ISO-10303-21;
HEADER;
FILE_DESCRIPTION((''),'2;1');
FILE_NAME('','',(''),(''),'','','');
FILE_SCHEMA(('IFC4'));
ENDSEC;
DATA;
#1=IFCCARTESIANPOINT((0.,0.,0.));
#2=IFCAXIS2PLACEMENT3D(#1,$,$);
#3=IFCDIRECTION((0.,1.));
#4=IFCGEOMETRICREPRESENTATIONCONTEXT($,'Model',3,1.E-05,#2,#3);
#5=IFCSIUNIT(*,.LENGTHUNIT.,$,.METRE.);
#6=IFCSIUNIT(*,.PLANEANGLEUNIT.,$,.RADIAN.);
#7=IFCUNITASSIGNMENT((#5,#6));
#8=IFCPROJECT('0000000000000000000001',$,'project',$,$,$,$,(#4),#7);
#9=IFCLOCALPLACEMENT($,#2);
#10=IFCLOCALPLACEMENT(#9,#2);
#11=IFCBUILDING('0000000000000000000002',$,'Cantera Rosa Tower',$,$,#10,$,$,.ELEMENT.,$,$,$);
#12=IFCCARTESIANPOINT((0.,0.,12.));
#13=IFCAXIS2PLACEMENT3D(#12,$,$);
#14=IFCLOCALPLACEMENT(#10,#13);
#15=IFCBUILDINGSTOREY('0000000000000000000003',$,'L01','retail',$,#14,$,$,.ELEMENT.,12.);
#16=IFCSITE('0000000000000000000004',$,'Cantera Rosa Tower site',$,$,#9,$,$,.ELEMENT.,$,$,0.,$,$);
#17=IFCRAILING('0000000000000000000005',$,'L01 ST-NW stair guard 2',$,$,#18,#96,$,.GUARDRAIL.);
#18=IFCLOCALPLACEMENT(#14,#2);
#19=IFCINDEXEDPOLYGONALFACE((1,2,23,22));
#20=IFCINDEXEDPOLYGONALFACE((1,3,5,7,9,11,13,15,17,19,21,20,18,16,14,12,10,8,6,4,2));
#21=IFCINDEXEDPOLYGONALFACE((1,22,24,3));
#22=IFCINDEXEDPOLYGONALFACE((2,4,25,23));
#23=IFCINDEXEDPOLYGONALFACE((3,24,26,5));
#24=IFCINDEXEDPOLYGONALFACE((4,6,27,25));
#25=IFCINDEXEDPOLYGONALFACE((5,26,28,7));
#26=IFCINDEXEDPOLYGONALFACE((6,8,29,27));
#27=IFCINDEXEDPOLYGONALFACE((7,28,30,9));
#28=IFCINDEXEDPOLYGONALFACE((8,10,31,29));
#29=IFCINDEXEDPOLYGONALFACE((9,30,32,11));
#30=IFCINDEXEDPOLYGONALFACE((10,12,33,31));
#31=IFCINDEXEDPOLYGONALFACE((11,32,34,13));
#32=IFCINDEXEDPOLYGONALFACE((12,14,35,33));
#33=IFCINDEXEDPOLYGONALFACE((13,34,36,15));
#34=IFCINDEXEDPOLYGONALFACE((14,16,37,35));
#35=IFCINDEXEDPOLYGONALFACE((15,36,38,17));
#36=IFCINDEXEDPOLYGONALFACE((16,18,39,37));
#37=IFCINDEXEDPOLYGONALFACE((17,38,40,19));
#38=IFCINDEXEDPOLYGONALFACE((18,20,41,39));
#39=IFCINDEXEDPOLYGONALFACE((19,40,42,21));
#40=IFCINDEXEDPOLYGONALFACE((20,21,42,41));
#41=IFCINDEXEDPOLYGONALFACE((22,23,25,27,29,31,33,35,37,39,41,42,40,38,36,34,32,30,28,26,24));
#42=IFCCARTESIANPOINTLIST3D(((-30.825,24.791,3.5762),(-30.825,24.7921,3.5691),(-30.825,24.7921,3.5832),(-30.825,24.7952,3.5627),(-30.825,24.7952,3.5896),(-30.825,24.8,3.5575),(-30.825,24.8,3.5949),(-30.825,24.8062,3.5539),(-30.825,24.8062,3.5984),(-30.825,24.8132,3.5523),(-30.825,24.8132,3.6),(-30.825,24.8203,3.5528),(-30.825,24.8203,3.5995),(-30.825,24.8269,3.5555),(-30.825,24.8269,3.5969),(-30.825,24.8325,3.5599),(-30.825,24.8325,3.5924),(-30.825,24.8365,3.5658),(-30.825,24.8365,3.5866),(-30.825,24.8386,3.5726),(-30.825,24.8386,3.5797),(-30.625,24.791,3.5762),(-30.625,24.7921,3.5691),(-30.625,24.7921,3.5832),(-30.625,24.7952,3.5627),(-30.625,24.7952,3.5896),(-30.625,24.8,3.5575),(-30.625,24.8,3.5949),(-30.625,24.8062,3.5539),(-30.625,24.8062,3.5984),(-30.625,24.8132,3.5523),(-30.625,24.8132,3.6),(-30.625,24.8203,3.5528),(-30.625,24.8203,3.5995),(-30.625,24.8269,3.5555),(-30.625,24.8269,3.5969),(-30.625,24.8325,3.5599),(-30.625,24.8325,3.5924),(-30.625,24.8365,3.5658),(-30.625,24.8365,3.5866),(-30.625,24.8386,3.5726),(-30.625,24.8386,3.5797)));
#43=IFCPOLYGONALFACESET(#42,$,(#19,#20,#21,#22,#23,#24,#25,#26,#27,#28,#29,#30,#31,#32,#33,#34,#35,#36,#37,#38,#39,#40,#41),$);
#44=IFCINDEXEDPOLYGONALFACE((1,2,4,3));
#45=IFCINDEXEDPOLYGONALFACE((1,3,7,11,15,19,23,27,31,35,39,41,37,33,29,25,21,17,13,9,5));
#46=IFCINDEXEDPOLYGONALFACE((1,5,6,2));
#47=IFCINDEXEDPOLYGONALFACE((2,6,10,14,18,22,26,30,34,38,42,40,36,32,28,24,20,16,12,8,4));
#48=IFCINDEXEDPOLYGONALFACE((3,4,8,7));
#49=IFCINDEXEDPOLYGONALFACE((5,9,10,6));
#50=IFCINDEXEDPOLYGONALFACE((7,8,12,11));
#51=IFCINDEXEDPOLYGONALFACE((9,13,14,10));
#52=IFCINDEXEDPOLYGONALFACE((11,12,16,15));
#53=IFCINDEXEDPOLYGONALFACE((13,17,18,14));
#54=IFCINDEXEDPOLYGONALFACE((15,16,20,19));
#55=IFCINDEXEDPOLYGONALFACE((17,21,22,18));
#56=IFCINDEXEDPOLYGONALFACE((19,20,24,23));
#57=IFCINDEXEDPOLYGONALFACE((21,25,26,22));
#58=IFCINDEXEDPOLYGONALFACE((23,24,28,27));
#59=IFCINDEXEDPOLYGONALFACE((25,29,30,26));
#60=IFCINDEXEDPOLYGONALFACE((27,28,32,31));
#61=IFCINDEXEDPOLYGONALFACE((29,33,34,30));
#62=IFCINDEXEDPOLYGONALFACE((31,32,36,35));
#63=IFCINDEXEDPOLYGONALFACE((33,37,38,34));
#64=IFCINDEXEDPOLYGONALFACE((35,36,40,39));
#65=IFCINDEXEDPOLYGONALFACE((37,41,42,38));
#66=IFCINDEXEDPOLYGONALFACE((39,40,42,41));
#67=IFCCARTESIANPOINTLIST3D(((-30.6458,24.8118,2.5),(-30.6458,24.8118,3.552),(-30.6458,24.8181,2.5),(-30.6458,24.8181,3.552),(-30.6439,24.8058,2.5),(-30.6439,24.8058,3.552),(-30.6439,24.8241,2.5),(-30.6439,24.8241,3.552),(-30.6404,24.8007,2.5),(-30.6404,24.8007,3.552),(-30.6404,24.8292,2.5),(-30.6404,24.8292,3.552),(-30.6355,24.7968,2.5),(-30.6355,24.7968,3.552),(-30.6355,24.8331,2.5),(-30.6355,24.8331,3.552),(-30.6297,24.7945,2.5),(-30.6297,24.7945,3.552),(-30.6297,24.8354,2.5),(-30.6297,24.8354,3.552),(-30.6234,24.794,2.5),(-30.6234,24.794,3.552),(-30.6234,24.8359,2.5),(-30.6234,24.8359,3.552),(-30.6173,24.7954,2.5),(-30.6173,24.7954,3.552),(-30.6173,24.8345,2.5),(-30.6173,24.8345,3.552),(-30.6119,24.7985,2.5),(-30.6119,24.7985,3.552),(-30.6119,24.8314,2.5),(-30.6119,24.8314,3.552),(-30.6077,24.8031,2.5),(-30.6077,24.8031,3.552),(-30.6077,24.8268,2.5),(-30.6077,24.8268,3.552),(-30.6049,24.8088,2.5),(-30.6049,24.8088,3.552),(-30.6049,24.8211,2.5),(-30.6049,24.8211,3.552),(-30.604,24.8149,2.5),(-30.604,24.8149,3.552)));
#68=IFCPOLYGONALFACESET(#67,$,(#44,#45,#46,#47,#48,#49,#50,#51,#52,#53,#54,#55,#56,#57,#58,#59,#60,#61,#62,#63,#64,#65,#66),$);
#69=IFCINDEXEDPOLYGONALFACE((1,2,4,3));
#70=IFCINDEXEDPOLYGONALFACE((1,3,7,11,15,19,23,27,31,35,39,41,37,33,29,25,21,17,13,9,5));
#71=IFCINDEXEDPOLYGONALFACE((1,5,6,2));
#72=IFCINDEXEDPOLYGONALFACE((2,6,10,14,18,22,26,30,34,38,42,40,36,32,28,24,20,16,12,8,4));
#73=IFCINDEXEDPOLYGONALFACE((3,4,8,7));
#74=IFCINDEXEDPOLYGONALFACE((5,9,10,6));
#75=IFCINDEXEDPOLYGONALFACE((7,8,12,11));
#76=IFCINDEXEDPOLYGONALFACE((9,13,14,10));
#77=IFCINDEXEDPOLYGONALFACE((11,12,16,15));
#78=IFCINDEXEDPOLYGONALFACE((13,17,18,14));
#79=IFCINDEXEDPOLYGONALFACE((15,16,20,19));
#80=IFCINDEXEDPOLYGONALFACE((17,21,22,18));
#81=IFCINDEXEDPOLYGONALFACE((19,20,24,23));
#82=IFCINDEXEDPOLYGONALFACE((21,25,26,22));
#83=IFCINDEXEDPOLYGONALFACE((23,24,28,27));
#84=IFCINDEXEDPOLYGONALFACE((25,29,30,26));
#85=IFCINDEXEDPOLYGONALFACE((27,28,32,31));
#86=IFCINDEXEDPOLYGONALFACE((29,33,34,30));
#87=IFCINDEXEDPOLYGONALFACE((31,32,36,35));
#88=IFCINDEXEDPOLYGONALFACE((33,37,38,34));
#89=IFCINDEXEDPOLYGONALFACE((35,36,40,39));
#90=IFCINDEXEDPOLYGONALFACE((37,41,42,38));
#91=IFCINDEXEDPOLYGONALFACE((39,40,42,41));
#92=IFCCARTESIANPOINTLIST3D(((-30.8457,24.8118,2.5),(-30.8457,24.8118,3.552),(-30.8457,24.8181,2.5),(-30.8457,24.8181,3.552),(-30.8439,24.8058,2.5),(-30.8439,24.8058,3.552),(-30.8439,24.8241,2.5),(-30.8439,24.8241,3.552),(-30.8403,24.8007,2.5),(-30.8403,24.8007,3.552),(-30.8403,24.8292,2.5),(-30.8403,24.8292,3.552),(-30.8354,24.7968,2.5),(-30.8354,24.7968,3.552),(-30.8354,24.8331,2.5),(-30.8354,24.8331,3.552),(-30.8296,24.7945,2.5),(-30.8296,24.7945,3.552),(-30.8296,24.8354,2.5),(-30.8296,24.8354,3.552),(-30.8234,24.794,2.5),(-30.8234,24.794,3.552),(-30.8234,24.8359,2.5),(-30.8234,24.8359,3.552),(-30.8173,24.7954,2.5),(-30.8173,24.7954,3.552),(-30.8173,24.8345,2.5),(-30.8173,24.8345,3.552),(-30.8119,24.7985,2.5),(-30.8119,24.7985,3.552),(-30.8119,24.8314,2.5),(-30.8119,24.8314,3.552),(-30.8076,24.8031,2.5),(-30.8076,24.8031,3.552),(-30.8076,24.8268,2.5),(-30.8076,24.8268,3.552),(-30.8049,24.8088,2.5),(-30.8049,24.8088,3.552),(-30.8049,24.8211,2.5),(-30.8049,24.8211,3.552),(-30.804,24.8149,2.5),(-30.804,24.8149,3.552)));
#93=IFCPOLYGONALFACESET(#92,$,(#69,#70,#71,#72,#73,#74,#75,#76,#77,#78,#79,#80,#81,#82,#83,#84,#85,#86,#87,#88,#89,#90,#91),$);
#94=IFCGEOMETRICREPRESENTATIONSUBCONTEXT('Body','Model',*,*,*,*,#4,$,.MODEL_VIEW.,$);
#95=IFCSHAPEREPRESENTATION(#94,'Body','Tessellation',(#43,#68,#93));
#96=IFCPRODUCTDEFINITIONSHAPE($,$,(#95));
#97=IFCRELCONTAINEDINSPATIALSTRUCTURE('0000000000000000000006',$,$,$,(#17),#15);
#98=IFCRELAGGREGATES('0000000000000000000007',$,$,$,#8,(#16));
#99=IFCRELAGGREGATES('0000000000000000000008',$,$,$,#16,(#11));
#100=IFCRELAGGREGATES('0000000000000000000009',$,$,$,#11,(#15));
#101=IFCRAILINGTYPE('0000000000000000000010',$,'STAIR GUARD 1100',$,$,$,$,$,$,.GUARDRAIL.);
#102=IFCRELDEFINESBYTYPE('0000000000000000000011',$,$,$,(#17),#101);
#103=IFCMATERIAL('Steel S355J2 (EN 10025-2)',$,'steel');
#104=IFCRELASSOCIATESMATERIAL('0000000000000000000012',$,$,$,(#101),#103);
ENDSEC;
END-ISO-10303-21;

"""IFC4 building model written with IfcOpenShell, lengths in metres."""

from ifc_helpers import new_model, si_unit, direction, frame, origin, origin_2d, place, context, subcontext, project, spatial, circle, extrude, material, type_object, element, save


model = new_model("IFC4")

# Units and contexts
model_context = context("Model", 3, precision=1e-05, world=origin(), true_north=direction((0.0, 1.0)))
body_context = subcontext(model_context, "Body", "Model", "MODEL_VIEW")
ifc_project = project(units=[si_unit("LENGTHUNIT", "METRE"), si_unit("PLANEANGLEUNIT", "RADIAN")], contexts=[model_context])

# Site, building, storey
site_placement = place(None, origin())
site = spatial("IfcSite", under=ifc_project, at=site_placement, Name="Cantera Rosa Tower site", CompositionType="ELEMENT", RefElevation=0.0)
building_placement = place(site_placement, origin())
building = spatial("IfcBuilding", under=site, at=building_placement, Name="Cantera Rosa Tower", CompositionType="ELEMENT")
storey_placement = place(building_placement, frame((0.0, 0.0, 12.0)))
storey = spatial("IfcBuildingStorey", under=building, at=storey_placement, Name="L01", Description="retail", CompositionType="ELEMENT", Elevation=12.0)

# Railing
ifc_material_1 = material(Name="Steel S355J2 (EN 10025-2)", Category="steel")
railing_type_1 = type_object("IfcRailingType", Name="STAIR GUARD 1100", PredefinedType="GUARDRAIL", material=ifc_material_1)
railing_1_placement = place(storey_placement, frame((-30.625, 24.8149, 2.5)))
element("IfcRailing", 1, at=railing_1_placement, inside=storey, type_object=railing_type_1, Name="L01 ST-NW stair guard 2", PredefinedType="GUARDRAIL", context=body_context, shape_type="SweptSolid", body=[
    extrude(circle(Radius=0.0239, at=origin_2d()), frame((0.0, 0.0, 1.0762), z_axis=(-1.0, 0.0, 0.0), x_axis=(0.0, -1.0, 0.0)), (0.0, 0.0, 1.0), 0.2),
    extrude(circle(Radius=0.021, at=origin_2d()), origin(), (0.0, 0.0, 1.0), 1.052),
    extrude(circle(Radius=0.021, at=origin_2d()), frame((-0.2, 0.0, 0.0)), (0.0, 0.0, 1.0), 1.052),
])

save(model, "model.ifc")
